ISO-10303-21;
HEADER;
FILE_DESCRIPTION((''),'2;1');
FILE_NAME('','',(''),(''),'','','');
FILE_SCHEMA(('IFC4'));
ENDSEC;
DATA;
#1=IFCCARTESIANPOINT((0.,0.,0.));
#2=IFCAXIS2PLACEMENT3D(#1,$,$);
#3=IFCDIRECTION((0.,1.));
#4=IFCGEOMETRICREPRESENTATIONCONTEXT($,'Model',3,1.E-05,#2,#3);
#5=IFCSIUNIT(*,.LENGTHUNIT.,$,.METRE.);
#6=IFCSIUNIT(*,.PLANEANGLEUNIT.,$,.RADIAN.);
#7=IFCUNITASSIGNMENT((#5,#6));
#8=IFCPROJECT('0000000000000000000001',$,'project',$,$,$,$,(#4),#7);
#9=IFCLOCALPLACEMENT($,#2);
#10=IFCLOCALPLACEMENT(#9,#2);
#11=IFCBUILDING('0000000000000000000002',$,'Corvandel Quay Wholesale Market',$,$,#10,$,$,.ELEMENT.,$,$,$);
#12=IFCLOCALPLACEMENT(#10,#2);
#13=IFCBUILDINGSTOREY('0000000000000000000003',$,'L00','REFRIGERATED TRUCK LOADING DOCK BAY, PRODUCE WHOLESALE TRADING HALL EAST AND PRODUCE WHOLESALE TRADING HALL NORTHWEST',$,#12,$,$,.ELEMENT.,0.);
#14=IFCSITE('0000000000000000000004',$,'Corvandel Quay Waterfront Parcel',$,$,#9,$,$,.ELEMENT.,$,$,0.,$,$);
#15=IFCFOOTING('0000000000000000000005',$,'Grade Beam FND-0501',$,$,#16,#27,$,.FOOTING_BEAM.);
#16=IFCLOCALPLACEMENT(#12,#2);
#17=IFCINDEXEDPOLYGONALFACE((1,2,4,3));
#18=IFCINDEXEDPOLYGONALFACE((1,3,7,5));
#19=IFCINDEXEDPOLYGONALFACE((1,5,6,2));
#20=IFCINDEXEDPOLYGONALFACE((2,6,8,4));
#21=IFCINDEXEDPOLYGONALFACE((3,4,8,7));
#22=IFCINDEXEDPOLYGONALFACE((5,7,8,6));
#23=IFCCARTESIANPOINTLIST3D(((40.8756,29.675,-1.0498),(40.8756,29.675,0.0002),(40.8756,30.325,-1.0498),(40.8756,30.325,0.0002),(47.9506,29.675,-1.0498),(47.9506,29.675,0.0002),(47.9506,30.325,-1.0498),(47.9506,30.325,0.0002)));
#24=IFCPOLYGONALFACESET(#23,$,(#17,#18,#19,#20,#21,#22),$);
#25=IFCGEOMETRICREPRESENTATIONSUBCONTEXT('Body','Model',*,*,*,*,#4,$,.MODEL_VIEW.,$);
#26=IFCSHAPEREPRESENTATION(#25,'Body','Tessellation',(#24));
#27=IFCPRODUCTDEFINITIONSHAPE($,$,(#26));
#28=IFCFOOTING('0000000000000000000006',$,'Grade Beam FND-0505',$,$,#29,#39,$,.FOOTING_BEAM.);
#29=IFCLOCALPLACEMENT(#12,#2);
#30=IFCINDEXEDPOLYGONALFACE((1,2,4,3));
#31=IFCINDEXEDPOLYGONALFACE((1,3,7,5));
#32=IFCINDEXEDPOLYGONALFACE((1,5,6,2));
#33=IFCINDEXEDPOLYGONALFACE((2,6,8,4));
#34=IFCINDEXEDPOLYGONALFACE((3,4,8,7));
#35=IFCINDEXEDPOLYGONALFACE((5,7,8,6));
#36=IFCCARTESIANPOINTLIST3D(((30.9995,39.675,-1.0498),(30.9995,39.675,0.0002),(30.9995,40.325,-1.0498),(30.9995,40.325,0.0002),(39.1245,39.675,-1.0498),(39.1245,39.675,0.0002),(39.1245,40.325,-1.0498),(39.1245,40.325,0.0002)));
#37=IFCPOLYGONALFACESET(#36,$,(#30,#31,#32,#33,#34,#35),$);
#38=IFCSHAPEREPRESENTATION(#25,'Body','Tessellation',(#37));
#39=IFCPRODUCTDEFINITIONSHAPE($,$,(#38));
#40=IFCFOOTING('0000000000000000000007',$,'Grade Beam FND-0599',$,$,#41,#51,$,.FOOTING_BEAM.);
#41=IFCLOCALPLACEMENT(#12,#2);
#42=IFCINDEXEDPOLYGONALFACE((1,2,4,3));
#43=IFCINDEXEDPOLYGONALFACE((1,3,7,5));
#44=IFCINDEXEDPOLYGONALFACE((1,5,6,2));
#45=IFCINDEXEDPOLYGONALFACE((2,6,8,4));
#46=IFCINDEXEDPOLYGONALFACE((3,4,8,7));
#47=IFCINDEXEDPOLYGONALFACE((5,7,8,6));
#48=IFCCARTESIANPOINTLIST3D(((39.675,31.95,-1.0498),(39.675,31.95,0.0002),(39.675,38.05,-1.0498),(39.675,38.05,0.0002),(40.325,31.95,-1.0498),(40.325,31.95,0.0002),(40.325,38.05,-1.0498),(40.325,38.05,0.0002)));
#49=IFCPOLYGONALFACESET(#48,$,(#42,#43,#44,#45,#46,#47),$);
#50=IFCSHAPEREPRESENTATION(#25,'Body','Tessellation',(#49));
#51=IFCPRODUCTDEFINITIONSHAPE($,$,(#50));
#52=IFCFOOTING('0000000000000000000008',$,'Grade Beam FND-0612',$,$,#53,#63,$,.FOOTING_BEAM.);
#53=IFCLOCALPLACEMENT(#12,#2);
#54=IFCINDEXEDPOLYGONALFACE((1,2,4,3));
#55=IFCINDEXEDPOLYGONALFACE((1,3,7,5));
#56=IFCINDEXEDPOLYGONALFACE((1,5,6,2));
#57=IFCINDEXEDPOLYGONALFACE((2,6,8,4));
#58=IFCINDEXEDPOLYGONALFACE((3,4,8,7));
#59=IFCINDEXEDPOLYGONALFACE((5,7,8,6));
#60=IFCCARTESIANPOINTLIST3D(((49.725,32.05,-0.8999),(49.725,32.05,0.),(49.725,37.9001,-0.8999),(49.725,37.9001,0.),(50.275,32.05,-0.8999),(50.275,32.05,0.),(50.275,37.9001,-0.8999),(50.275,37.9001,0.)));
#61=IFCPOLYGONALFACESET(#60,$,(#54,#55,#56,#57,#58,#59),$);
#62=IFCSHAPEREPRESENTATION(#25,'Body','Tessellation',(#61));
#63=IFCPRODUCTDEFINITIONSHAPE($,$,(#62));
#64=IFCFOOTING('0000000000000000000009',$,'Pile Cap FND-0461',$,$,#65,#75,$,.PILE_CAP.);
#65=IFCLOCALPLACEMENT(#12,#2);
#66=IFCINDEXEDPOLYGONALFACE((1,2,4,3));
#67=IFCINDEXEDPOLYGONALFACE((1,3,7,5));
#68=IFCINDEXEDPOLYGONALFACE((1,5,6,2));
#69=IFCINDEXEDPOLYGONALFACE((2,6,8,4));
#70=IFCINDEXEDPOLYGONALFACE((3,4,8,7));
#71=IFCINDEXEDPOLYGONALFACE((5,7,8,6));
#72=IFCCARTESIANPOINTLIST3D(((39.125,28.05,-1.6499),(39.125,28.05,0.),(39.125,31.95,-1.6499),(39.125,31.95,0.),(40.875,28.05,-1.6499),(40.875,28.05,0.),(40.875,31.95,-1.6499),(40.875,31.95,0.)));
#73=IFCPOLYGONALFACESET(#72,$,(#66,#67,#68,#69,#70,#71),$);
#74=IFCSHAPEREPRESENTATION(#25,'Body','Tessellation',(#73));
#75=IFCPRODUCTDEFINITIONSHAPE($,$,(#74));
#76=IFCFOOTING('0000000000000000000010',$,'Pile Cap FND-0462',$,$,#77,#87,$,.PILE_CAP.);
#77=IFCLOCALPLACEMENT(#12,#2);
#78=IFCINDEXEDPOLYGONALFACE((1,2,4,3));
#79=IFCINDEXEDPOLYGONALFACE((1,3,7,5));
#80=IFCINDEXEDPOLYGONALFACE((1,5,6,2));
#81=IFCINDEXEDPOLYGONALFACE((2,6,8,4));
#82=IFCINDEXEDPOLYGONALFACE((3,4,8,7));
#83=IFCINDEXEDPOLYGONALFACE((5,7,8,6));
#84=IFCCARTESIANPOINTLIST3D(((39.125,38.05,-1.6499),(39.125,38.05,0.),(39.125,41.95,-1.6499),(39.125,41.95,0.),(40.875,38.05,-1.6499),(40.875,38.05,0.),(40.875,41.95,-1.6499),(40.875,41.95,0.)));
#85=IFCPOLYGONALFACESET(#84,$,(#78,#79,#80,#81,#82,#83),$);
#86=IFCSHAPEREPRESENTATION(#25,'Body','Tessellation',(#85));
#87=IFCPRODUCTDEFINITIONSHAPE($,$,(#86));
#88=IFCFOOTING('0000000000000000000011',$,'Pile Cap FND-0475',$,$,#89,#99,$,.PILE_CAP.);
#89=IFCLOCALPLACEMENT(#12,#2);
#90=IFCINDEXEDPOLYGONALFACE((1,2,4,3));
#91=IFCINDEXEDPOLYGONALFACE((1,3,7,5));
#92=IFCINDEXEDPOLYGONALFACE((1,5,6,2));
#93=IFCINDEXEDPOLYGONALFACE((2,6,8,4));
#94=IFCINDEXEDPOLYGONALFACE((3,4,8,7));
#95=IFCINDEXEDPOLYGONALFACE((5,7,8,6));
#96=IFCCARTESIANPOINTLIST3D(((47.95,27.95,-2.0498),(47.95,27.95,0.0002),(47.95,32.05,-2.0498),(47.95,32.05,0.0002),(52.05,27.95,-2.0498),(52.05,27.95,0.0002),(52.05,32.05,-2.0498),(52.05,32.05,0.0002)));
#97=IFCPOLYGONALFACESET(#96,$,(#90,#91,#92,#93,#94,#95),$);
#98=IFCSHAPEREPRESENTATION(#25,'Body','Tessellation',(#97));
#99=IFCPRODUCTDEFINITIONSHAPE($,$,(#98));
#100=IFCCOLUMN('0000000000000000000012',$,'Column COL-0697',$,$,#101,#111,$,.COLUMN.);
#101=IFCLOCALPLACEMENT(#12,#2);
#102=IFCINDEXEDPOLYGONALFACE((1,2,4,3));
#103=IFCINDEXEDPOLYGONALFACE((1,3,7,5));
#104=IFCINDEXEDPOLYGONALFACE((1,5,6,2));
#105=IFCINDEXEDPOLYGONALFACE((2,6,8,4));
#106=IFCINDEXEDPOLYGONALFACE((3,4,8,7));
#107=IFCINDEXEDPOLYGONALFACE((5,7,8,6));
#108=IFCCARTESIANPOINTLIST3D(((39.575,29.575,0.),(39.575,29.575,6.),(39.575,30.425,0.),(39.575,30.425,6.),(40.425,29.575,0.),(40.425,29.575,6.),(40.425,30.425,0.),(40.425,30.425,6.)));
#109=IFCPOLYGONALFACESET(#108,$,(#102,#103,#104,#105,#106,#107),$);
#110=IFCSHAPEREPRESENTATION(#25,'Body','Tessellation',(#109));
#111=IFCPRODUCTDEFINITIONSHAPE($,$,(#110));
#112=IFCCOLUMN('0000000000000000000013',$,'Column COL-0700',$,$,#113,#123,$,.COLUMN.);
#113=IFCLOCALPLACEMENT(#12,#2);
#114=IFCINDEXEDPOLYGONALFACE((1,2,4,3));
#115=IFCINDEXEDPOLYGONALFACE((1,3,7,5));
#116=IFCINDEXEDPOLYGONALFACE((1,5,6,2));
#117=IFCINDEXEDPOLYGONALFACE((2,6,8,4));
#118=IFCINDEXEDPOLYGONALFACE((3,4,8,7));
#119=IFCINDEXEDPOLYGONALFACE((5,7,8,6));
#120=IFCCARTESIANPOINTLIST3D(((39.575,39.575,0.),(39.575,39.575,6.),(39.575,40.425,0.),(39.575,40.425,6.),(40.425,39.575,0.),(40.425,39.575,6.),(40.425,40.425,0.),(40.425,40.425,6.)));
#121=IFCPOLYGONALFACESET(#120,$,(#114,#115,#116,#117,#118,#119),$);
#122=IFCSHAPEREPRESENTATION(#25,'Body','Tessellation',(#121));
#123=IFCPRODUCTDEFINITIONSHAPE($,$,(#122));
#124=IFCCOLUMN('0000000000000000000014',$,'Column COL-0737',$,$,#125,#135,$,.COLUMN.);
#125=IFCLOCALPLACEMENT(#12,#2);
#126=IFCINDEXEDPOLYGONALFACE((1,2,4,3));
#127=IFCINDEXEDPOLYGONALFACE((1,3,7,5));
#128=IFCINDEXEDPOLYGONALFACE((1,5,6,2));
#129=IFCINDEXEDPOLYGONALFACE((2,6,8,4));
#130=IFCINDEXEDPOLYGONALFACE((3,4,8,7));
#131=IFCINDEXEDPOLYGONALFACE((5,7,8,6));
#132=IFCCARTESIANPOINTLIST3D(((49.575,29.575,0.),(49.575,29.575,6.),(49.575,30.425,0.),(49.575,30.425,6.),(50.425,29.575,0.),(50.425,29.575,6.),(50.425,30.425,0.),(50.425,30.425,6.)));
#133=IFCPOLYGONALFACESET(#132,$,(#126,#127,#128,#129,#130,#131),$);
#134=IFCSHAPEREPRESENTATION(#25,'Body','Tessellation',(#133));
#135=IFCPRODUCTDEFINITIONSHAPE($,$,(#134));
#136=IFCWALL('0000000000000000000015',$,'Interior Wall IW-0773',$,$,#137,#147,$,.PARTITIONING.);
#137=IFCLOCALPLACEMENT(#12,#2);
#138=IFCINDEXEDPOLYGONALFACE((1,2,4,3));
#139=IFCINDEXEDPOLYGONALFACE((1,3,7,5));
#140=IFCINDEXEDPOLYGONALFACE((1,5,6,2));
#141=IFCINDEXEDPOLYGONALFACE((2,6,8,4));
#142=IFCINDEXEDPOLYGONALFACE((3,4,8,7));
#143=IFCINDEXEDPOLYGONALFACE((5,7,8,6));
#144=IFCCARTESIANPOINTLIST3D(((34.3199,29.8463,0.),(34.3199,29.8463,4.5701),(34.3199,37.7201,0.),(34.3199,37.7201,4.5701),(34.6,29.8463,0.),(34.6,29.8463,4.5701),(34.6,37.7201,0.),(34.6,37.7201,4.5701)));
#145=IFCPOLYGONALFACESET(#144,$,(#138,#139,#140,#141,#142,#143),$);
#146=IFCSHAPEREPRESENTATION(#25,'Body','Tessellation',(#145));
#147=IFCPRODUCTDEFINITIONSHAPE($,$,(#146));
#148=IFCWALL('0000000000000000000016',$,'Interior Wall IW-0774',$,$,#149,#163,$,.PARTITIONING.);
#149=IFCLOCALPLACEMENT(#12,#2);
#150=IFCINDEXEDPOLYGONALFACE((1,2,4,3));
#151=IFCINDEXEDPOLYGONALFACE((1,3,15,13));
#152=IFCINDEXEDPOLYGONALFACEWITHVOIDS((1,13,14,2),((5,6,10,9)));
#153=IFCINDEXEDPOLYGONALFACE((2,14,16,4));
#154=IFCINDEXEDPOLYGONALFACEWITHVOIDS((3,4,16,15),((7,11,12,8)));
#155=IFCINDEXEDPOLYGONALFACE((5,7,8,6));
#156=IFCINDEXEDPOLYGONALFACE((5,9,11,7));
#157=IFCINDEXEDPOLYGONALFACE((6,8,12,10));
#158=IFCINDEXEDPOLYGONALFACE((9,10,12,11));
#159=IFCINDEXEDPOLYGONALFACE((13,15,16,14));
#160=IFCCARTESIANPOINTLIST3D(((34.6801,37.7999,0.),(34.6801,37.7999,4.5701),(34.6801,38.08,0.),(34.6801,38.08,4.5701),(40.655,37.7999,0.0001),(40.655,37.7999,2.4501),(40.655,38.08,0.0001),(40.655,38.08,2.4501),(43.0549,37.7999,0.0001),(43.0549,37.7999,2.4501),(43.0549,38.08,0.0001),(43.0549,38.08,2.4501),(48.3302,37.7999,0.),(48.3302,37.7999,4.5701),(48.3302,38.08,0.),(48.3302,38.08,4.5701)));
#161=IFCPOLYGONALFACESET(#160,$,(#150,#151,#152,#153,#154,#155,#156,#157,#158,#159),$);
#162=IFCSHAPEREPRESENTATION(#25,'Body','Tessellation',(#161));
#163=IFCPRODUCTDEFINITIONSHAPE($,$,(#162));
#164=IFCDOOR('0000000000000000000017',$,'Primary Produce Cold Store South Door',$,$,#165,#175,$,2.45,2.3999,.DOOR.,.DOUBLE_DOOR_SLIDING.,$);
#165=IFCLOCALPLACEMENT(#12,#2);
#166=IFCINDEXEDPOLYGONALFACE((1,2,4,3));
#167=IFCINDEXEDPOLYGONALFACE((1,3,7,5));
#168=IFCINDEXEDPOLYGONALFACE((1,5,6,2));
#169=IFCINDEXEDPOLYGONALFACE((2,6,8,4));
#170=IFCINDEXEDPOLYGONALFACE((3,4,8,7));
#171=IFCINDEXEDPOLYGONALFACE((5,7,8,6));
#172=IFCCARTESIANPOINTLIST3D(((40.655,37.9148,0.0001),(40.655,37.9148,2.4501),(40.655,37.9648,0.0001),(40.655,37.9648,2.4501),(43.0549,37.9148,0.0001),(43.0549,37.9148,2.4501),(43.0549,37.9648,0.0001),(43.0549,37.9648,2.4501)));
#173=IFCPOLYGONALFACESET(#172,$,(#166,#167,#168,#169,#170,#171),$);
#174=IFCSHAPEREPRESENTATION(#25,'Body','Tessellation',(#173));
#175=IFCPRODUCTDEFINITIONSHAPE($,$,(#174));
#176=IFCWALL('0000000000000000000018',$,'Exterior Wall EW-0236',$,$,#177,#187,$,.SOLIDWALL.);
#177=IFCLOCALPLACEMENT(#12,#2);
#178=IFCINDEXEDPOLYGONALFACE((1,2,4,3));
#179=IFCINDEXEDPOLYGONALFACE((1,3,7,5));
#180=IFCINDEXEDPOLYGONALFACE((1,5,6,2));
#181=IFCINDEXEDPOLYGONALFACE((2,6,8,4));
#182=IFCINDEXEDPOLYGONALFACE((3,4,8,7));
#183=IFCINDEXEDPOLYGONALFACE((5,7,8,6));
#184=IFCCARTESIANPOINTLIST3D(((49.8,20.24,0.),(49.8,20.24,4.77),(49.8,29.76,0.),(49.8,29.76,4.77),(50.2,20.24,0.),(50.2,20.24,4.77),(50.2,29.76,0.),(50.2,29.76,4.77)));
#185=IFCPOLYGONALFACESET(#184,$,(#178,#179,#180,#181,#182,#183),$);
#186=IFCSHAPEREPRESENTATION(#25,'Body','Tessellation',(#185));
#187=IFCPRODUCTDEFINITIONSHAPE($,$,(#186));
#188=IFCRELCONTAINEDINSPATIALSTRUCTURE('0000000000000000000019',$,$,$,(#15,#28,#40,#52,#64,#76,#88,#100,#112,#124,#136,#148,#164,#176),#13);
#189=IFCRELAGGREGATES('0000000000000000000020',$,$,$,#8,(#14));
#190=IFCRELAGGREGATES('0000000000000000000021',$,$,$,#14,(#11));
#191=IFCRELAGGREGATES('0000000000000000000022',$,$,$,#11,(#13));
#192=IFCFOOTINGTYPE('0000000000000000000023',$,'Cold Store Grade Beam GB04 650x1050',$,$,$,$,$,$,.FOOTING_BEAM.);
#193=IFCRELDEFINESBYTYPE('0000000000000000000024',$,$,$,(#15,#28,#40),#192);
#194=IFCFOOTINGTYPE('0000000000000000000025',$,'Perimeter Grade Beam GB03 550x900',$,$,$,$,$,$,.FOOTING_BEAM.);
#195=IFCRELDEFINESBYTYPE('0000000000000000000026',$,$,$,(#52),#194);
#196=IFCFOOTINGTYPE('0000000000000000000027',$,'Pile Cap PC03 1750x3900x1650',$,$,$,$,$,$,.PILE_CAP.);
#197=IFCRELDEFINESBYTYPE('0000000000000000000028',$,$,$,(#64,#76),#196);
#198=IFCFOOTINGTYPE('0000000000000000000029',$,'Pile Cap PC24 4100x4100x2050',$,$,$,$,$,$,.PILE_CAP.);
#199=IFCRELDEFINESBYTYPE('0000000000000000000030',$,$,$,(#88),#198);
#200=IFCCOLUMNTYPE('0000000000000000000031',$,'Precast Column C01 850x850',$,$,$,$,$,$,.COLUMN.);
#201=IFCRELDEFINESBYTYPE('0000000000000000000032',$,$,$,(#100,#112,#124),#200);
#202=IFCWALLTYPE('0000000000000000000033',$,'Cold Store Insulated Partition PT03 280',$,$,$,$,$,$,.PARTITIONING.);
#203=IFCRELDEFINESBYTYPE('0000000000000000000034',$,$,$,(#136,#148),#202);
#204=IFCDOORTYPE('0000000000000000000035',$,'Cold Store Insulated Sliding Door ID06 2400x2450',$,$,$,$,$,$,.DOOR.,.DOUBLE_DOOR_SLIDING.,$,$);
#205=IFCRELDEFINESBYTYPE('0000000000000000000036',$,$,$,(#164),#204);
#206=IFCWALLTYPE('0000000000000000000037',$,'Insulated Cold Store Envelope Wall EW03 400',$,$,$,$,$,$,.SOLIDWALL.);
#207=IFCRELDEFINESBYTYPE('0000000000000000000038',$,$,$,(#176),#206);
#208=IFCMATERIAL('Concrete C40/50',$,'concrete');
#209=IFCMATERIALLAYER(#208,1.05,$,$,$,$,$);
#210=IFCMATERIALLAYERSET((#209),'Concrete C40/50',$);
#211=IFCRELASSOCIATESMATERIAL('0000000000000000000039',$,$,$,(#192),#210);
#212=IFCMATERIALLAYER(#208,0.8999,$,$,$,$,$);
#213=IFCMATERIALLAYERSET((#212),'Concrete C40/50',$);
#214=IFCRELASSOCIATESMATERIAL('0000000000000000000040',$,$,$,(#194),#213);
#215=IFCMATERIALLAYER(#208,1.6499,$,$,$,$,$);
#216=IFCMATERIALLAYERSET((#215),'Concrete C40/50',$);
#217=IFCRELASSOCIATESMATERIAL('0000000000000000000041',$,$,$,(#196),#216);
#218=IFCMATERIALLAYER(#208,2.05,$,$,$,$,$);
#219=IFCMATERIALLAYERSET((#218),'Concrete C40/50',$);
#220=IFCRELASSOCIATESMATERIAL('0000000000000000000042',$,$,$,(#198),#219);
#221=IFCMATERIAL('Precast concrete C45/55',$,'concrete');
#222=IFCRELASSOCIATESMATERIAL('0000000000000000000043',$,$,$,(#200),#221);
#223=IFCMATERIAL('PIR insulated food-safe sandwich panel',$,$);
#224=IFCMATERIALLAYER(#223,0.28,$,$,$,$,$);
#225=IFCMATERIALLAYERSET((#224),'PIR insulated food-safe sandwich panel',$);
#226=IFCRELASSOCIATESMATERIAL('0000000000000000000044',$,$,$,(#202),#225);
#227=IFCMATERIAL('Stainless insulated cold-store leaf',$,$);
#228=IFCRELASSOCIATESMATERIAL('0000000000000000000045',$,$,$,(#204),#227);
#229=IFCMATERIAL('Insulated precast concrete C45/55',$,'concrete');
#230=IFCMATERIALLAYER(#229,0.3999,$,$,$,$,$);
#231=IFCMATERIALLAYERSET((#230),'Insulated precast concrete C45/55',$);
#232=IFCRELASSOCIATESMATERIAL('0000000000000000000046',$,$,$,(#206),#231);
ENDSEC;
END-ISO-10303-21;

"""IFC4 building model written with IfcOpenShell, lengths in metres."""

from ifc_helpers import new_model, si_unit, direction, frame, frame_2d, origin, origin_2d, place, context, subcontext, project, spatial, rectangle, extrude, material, layer, layer_set, material_profile, profile_set, type_object, element, fill, save


model = new_model("IFC4")

# Units and contexts
model_context = context("Model", 3, precision=1e-05, world=origin(), true_north=direction((0.0, 1.0)))
body_context = subcontext(model_context, "Body", "Model", "MODEL_VIEW")
ifc_project = project(units=[si_unit("LENGTHUNIT", "METRE"), si_unit("PLANEANGLEUNIT", "RADIAN")], contexts=[model_context])

# Site, building, storey
site_placement = place(None, origin())
site = spatial("IfcSite", under=ifc_project, at=site_placement, Name="Corvandel Quay Waterfront Parcel", CompositionType="ELEMENT", RefElevation=0.0)
building_placement = place(site_placement, origin())
building = spatial("IfcBuilding", under=site, at=building_placement, Name="Corvandel Quay Wholesale Market", CompositionType="ELEMENT")
storey_placement = place(building_placement, origin())
storey = spatial("IfcBuildingStorey", under=building, at=storey_placement, Name="L00", Description="REFRIGERATED TRUCK LOADING DOCK BAY, PRODUCE WHOLESALE TRADING HALL EAST AND PRODUCE WHOLESALE TRADING HALL NORTHWEST", CompositionType="ELEMENT", Elevation=0.0)

# Shared definitions
ifc_material_1 = material(Name="Concrete C40/50", Category="concrete")

# Footings
ifc_layer_1 = layer(ifc_material_1, 1.05)
ifc_layer_set_1 = layer_set([ifc_layer_1], Name="Concrete C40/50")
footing_type_1 = type_object("IfcFootingType", Name="Cold Store Grade Beam GB04 650x1050", PredefinedType="FOOTING_BEAM", material=ifc_layer_set_1)
footing_1_placement = place(storey_placement, frame((44.4131, 30.0, -1.0498), z_axis=(0.0, 0.0, 1.0), x_axis=(1.0, 0.0, 0.0)))
element("IfcFooting", 1, at=footing_1_placement, inside=storey, type_object=footing_type_1, Name="Grade Beam FND-0501", PredefinedType="FOOTING_BEAM", context=body_context, shape_type="SweptSolid", body=[
    extrude(rectangle(XDim=7.075, YDim=0.6499, at=origin_2d()), origin(), (0.0, 0.0, 1.0), 1.05),
])
footing_2_placement = place(storey_placement, frame((35.062, 40.0, -1.0498), z_axis=(0.0, 0.0, 1.0), x_axis=(1.0, 0.0, 0.0)))
element("IfcFooting", 2, at=footing_2_placement, inside=storey, type_object=footing_type_1, Name="Grade Beam FND-0505", PredefinedType="FOOTING_BEAM", context=body_context, shape_type="SweptSolid", body=[
    extrude(rectangle(XDim=8.125, YDim=0.6499, at=origin_2d()), origin(), (0.0, 0.0, 1.0), 1.05),
])
footing_3_placement = place(storey_placement, frame((40.0, 35.0, -1.0498), z_axis=(0.0, 0.0, 1.0), x_axis=(0.0, 1.0, 0.0)))
element("IfcFooting", 3, at=footing_3_placement, inside=storey, type_object=footing_type_1, Name="Grade Beam FND-0599", PredefinedType="FOOTING_BEAM", context=body_context, shape_type="SweptSolid", body=[
    extrude(rectangle(XDim=6.1001, YDim=0.6499, at=origin_2d()), origin(), (0.0, 0.0, 1.0), 1.05),
])
ifc_layer_2 = layer(ifc_material_1, 0.8999)
ifc_layer_set_2 = layer_set([ifc_layer_2], Name="Concrete C40/50")
footing_type_2 = type_object("IfcFootingType", Name="Perimeter Grade Beam GB03 550x900", PredefinedType="FOOTING_BEAM", material=ifc_layer_set_2)
footing_4_placement = place(storey_placement, frame((50.0, 34.9751, -0.8999), z_axis=(0.0, 0.0, 1.0), x_axis=(0.0, 1.0, 0.0)))
element("IfcFooting", 4, at=footing_4_placement, inside=storey, type_object=footing_type_2, Name="Grade Beam FND-0612", PredefinedType="FOOTING_BEAM", context=body_context, shape_type="SweptSolid", body=[
    extrude(rectangle(XDim=5.8501, YDim=0.55, at=origin_2d()), origin(), (0.0, 0.0, 1.0), 0.8999),
])
ifc_layer_3 = layer(ifc_material_1, 1.6499)
ifc_layer_set_3 = layer_set([ifc_layer_3], Name="Concrete C40/50")
footing_type_3 = type_object("IfcFootingType", Name="Pile Cap PC03 1750x3900x1650", PredefinedType="PILE_CAP", material=ifc_layer_set_3)
for number, where, z_axis, x_axis, name in (
    (5, (40.0, 30.0, -1.6499), (0.0, 0.0, 1.0), (1.0, 0.0, 0.0), "Pile Cap FND-0461"),
    (6, (40.0, 40.0, -1.6499), (0.0, 0.0, 1.0), (1.0, 0.0, 0.0), "Pile Cap FND-0462"),
):
    element("IfcFooting", number, at=place(storey_placement, frame(where, z_axis=z_axis, x_axis=x_axis)), inside=storey, type_object=footing_type_3, Name=name, PredefinedType="PILE_CAP", context=body_context, shape_type="SweptSolid", body=[
        extrude(rectangle(XDim=1.75, YDim=3.8999, at=origin_2d()), origin(), (0.0, 0.0, 1.0), 1.6499),
    ])
ifc_layer_4 = layer(ifc_material_1, 2.05)
ifc_layer_set_4 = layer_set([ifc_layer_4], Name="Concrete C40/50")
footing_type_4 = type_object("IfcFootingType", Name="Pile Cap PC24 4100x4100x2050", PredefinedType="PILE_CAP", material=ifc_layer_set_4)
footing_5_placement = place(storey_placement, frame((50.0, 30.0, -2.0498), z_axis=(0.0, 0.0, 1.0), x_axis=(1.0, 0.0, 0.0)))
element("IfcFooting", 7, at=footing_5_placement, inside=storey, type_object=footing_type_4, Name="Pile Cap FND-0475", PredefinedType="PILE_CAP", context=body_context, shape_type="SweptSolid", body=[
    extrude(rectangle(XDim=4.1001, YDim=4.1001, at=origin_2d()), origin(), (0.0, 0.0, 1.0), 2.05),
])

# Columns
ifc_material_2 = material(Name="Precast concrete C45/55", Category="concrete")
ifc_material_profile_1 = material_profile(ifc_material_2, rectangle(XDim=0.8501, YDim=0.8501, at=origin_2d()), Name="PC-COL-850x850")
ifc_profile_set_1 = profile_set([ifc_material_profile_1], Name="Precast concrete C45/55")
column_type = type_object("IfcColumnType", Name="Precast Column C01 850x850", PredefinedType="COLUMN", material=ifc_profile_set_1)
for number, where, z_axis, x_axis, name in (
    (8, (40.0, 30.0, 0.0), (0.0, 0.0, 1.0), (1.0, 0.0, 0.0), "Column COL-0697"),
    (9, (40.0, 40.0, 0.0), (0.0, 0.0, 1.0), (1.0, 0.0, 0.0), "Column COL-0700"),
    (10, (50.0, 30.0, 0.0), (0.0, 0.0, 1.0), (1.0, 0.0, 0.0), "Column COL-0737"),
):
    element("IfcColumn", number, at=place(storey_placement, frame(where, z_axis=z_axis, x_axis=x_axis)), inside=storey, type_object=column_type, Name=name, PredefinedType="COLUMN", context=body_context, shape_type="SweptSolid", body=[
        extrude(rectangle(XDim=0.8501, YDim=0.8501, at=origin_2d()), origin(), (0.0, 0.0, 1.0), 6.0),
    ])

# Wall
ifc_material_3 = material(Name="PIR insulated food-safe sandwich panel")
ifc_layer_5 = layer(ifc_material_3, 0.28)
ifc_layer_set_5 = layer_set([ifc_layer_5], Name="PIR insulated food-safe sandwich panel")
wall_type_1 = type_object("IfcWallType", Name="Cold Store Insulated Partition PT03 280", PredefinedType="PARTITIONING", material=ifc_layer_set_5)
wall_1_placement = place(storey_placement, frame((34.46, 29.8462, 0.0), z_axis=(0.0, 0.0, 1.0), x_axis=(0.0, 1.0, 0.0)))
element("IfcWall", 11, at=wall_1_placement, inside=storey, type_object=wall_type_1, Name="Interior Wall IW-0773", PredefinedType="PARTITIONING", context=body_context, shape_type="SweptSolid", body=[
    extrude(rectangle(XDim=7.8738, YDim=0.28, at=frame_2d((3.937, 0.0))), origin(), (0.0, 0.0, 1.0), 4.5701),
])

# Wall, opening, door
wall_2_placement = place(storey_placement, frame((34.6799, 37.9399, 0.0), z_axis=(0.0, 0.0, 1.0), x_axis=(1.0, 0.0, 0.0)))
wall_2 = element("IfcWall", 12, at=wall_2_placement, inside=storey, type_object=wall_type_1, Name="Interior Wall IW-0774", PredefinedType="PARTITIONING", context=body_context, shape_type="SweptSolid", body=[
    extrude(rectangle(XDim=13.6501, YDim=0.28, at=frame_2d((6.8252, 0.0))), origin(), (0.0, 0.0, 1.0), 4.5701),
])
opening_placement = place(wall_2_placement, frame((5.9751, 0.0, 0.0)))
opening = element("IfcOpeningElement", 13, at=opening_placement, cuts=wall_2, PredefinedType="OPENING", context=body_context, shape_type="SweptSolid", body=[
    extrude(rectangle(XDim=2.3999, YDim=2.45, at=frame_2d((1.2, 1.2251))), frame((0.0, 0.1499, 0.0), z_axis=(0.0, -1.0, 0.0), x_axis=(1.0, 0.0, 0.0)), (0.0, 0.0, 1.0), 0.3),
])
ifc_material_4 = material(Name="Stainless insulated cold-store leaf")
door_type = type_object("IfcDoorType", Name="Cold Store Insulated Sliding Door ID06 2400x2450", OperationType="DOUBLE_DOOR_SLIDING", PredefinedType="DOOR", material=ifc_material_4)
door_placement = place(opening_placement, origin())
door = element("IfcDoor", 14, at=door_placement, inside=storey, type_object=door_type, Name="Primary Produce Cold Store South Door", OperationType="DOUBLE_DOOR_SLIDING", OverallHeight=2.45, OverallWidth=2.3999, PredefinedType="DOOR", context=body_context, shape_type="SweptSolid", body=[
    extrude(rectangle(XDim=2.3999, YDim=2.45, at=frame_2d((1.2, 1.2251))), frame((0.0, 0.0249, 0.0), z_axis=(0.0, -1.0, 0.0), x_axis=(1.0, 0.0, 0.0)), (0.0, 0.0, 1.0), 0.05),
])
fill(opening, door)

# Wall
ifc_material_5 = material(Name="Insulated precast concrete C45/55", Category="concrete")
ifc_layer_6 = layer(ifc_material_5, 0.3999)
ifc_layer_set_6 = layer_set([ifc_layer_6], Name="Insulated precast concrete C45/55")
wall_type_2 = type_object("IfcWallType", Name="Insulated Cold Store Envelope Wall EW03 400", PredefinedType="SOLIDWALL", material=ifc_layer_set_6)
for number, where, z_axis, x_axis, name in (
    (15, (50.0, 29.76, 0.0), (0.0, 0.0, 1.0), (0.0, -1.0, 0.0), "Exterior Wall EW-0236"),
):
    element("IfcWall", number, at=place(storey_placement, frame(where, z_axis=z_axis, x_axis=x_axis)), inside=storey, type_object=wall_type_2, Name=name, PredefinedType="SOLIDWALL", context=body_context, shape_type="SweptSolid", body=[
        extrude(rectangle(XDim=9.52, YDim=0.3999, at=frame_2d((4.76, 0.0))), origin(), (0.0, 0.0, 1.0), 4.77),
    ])

save(model, "model.ifc")
